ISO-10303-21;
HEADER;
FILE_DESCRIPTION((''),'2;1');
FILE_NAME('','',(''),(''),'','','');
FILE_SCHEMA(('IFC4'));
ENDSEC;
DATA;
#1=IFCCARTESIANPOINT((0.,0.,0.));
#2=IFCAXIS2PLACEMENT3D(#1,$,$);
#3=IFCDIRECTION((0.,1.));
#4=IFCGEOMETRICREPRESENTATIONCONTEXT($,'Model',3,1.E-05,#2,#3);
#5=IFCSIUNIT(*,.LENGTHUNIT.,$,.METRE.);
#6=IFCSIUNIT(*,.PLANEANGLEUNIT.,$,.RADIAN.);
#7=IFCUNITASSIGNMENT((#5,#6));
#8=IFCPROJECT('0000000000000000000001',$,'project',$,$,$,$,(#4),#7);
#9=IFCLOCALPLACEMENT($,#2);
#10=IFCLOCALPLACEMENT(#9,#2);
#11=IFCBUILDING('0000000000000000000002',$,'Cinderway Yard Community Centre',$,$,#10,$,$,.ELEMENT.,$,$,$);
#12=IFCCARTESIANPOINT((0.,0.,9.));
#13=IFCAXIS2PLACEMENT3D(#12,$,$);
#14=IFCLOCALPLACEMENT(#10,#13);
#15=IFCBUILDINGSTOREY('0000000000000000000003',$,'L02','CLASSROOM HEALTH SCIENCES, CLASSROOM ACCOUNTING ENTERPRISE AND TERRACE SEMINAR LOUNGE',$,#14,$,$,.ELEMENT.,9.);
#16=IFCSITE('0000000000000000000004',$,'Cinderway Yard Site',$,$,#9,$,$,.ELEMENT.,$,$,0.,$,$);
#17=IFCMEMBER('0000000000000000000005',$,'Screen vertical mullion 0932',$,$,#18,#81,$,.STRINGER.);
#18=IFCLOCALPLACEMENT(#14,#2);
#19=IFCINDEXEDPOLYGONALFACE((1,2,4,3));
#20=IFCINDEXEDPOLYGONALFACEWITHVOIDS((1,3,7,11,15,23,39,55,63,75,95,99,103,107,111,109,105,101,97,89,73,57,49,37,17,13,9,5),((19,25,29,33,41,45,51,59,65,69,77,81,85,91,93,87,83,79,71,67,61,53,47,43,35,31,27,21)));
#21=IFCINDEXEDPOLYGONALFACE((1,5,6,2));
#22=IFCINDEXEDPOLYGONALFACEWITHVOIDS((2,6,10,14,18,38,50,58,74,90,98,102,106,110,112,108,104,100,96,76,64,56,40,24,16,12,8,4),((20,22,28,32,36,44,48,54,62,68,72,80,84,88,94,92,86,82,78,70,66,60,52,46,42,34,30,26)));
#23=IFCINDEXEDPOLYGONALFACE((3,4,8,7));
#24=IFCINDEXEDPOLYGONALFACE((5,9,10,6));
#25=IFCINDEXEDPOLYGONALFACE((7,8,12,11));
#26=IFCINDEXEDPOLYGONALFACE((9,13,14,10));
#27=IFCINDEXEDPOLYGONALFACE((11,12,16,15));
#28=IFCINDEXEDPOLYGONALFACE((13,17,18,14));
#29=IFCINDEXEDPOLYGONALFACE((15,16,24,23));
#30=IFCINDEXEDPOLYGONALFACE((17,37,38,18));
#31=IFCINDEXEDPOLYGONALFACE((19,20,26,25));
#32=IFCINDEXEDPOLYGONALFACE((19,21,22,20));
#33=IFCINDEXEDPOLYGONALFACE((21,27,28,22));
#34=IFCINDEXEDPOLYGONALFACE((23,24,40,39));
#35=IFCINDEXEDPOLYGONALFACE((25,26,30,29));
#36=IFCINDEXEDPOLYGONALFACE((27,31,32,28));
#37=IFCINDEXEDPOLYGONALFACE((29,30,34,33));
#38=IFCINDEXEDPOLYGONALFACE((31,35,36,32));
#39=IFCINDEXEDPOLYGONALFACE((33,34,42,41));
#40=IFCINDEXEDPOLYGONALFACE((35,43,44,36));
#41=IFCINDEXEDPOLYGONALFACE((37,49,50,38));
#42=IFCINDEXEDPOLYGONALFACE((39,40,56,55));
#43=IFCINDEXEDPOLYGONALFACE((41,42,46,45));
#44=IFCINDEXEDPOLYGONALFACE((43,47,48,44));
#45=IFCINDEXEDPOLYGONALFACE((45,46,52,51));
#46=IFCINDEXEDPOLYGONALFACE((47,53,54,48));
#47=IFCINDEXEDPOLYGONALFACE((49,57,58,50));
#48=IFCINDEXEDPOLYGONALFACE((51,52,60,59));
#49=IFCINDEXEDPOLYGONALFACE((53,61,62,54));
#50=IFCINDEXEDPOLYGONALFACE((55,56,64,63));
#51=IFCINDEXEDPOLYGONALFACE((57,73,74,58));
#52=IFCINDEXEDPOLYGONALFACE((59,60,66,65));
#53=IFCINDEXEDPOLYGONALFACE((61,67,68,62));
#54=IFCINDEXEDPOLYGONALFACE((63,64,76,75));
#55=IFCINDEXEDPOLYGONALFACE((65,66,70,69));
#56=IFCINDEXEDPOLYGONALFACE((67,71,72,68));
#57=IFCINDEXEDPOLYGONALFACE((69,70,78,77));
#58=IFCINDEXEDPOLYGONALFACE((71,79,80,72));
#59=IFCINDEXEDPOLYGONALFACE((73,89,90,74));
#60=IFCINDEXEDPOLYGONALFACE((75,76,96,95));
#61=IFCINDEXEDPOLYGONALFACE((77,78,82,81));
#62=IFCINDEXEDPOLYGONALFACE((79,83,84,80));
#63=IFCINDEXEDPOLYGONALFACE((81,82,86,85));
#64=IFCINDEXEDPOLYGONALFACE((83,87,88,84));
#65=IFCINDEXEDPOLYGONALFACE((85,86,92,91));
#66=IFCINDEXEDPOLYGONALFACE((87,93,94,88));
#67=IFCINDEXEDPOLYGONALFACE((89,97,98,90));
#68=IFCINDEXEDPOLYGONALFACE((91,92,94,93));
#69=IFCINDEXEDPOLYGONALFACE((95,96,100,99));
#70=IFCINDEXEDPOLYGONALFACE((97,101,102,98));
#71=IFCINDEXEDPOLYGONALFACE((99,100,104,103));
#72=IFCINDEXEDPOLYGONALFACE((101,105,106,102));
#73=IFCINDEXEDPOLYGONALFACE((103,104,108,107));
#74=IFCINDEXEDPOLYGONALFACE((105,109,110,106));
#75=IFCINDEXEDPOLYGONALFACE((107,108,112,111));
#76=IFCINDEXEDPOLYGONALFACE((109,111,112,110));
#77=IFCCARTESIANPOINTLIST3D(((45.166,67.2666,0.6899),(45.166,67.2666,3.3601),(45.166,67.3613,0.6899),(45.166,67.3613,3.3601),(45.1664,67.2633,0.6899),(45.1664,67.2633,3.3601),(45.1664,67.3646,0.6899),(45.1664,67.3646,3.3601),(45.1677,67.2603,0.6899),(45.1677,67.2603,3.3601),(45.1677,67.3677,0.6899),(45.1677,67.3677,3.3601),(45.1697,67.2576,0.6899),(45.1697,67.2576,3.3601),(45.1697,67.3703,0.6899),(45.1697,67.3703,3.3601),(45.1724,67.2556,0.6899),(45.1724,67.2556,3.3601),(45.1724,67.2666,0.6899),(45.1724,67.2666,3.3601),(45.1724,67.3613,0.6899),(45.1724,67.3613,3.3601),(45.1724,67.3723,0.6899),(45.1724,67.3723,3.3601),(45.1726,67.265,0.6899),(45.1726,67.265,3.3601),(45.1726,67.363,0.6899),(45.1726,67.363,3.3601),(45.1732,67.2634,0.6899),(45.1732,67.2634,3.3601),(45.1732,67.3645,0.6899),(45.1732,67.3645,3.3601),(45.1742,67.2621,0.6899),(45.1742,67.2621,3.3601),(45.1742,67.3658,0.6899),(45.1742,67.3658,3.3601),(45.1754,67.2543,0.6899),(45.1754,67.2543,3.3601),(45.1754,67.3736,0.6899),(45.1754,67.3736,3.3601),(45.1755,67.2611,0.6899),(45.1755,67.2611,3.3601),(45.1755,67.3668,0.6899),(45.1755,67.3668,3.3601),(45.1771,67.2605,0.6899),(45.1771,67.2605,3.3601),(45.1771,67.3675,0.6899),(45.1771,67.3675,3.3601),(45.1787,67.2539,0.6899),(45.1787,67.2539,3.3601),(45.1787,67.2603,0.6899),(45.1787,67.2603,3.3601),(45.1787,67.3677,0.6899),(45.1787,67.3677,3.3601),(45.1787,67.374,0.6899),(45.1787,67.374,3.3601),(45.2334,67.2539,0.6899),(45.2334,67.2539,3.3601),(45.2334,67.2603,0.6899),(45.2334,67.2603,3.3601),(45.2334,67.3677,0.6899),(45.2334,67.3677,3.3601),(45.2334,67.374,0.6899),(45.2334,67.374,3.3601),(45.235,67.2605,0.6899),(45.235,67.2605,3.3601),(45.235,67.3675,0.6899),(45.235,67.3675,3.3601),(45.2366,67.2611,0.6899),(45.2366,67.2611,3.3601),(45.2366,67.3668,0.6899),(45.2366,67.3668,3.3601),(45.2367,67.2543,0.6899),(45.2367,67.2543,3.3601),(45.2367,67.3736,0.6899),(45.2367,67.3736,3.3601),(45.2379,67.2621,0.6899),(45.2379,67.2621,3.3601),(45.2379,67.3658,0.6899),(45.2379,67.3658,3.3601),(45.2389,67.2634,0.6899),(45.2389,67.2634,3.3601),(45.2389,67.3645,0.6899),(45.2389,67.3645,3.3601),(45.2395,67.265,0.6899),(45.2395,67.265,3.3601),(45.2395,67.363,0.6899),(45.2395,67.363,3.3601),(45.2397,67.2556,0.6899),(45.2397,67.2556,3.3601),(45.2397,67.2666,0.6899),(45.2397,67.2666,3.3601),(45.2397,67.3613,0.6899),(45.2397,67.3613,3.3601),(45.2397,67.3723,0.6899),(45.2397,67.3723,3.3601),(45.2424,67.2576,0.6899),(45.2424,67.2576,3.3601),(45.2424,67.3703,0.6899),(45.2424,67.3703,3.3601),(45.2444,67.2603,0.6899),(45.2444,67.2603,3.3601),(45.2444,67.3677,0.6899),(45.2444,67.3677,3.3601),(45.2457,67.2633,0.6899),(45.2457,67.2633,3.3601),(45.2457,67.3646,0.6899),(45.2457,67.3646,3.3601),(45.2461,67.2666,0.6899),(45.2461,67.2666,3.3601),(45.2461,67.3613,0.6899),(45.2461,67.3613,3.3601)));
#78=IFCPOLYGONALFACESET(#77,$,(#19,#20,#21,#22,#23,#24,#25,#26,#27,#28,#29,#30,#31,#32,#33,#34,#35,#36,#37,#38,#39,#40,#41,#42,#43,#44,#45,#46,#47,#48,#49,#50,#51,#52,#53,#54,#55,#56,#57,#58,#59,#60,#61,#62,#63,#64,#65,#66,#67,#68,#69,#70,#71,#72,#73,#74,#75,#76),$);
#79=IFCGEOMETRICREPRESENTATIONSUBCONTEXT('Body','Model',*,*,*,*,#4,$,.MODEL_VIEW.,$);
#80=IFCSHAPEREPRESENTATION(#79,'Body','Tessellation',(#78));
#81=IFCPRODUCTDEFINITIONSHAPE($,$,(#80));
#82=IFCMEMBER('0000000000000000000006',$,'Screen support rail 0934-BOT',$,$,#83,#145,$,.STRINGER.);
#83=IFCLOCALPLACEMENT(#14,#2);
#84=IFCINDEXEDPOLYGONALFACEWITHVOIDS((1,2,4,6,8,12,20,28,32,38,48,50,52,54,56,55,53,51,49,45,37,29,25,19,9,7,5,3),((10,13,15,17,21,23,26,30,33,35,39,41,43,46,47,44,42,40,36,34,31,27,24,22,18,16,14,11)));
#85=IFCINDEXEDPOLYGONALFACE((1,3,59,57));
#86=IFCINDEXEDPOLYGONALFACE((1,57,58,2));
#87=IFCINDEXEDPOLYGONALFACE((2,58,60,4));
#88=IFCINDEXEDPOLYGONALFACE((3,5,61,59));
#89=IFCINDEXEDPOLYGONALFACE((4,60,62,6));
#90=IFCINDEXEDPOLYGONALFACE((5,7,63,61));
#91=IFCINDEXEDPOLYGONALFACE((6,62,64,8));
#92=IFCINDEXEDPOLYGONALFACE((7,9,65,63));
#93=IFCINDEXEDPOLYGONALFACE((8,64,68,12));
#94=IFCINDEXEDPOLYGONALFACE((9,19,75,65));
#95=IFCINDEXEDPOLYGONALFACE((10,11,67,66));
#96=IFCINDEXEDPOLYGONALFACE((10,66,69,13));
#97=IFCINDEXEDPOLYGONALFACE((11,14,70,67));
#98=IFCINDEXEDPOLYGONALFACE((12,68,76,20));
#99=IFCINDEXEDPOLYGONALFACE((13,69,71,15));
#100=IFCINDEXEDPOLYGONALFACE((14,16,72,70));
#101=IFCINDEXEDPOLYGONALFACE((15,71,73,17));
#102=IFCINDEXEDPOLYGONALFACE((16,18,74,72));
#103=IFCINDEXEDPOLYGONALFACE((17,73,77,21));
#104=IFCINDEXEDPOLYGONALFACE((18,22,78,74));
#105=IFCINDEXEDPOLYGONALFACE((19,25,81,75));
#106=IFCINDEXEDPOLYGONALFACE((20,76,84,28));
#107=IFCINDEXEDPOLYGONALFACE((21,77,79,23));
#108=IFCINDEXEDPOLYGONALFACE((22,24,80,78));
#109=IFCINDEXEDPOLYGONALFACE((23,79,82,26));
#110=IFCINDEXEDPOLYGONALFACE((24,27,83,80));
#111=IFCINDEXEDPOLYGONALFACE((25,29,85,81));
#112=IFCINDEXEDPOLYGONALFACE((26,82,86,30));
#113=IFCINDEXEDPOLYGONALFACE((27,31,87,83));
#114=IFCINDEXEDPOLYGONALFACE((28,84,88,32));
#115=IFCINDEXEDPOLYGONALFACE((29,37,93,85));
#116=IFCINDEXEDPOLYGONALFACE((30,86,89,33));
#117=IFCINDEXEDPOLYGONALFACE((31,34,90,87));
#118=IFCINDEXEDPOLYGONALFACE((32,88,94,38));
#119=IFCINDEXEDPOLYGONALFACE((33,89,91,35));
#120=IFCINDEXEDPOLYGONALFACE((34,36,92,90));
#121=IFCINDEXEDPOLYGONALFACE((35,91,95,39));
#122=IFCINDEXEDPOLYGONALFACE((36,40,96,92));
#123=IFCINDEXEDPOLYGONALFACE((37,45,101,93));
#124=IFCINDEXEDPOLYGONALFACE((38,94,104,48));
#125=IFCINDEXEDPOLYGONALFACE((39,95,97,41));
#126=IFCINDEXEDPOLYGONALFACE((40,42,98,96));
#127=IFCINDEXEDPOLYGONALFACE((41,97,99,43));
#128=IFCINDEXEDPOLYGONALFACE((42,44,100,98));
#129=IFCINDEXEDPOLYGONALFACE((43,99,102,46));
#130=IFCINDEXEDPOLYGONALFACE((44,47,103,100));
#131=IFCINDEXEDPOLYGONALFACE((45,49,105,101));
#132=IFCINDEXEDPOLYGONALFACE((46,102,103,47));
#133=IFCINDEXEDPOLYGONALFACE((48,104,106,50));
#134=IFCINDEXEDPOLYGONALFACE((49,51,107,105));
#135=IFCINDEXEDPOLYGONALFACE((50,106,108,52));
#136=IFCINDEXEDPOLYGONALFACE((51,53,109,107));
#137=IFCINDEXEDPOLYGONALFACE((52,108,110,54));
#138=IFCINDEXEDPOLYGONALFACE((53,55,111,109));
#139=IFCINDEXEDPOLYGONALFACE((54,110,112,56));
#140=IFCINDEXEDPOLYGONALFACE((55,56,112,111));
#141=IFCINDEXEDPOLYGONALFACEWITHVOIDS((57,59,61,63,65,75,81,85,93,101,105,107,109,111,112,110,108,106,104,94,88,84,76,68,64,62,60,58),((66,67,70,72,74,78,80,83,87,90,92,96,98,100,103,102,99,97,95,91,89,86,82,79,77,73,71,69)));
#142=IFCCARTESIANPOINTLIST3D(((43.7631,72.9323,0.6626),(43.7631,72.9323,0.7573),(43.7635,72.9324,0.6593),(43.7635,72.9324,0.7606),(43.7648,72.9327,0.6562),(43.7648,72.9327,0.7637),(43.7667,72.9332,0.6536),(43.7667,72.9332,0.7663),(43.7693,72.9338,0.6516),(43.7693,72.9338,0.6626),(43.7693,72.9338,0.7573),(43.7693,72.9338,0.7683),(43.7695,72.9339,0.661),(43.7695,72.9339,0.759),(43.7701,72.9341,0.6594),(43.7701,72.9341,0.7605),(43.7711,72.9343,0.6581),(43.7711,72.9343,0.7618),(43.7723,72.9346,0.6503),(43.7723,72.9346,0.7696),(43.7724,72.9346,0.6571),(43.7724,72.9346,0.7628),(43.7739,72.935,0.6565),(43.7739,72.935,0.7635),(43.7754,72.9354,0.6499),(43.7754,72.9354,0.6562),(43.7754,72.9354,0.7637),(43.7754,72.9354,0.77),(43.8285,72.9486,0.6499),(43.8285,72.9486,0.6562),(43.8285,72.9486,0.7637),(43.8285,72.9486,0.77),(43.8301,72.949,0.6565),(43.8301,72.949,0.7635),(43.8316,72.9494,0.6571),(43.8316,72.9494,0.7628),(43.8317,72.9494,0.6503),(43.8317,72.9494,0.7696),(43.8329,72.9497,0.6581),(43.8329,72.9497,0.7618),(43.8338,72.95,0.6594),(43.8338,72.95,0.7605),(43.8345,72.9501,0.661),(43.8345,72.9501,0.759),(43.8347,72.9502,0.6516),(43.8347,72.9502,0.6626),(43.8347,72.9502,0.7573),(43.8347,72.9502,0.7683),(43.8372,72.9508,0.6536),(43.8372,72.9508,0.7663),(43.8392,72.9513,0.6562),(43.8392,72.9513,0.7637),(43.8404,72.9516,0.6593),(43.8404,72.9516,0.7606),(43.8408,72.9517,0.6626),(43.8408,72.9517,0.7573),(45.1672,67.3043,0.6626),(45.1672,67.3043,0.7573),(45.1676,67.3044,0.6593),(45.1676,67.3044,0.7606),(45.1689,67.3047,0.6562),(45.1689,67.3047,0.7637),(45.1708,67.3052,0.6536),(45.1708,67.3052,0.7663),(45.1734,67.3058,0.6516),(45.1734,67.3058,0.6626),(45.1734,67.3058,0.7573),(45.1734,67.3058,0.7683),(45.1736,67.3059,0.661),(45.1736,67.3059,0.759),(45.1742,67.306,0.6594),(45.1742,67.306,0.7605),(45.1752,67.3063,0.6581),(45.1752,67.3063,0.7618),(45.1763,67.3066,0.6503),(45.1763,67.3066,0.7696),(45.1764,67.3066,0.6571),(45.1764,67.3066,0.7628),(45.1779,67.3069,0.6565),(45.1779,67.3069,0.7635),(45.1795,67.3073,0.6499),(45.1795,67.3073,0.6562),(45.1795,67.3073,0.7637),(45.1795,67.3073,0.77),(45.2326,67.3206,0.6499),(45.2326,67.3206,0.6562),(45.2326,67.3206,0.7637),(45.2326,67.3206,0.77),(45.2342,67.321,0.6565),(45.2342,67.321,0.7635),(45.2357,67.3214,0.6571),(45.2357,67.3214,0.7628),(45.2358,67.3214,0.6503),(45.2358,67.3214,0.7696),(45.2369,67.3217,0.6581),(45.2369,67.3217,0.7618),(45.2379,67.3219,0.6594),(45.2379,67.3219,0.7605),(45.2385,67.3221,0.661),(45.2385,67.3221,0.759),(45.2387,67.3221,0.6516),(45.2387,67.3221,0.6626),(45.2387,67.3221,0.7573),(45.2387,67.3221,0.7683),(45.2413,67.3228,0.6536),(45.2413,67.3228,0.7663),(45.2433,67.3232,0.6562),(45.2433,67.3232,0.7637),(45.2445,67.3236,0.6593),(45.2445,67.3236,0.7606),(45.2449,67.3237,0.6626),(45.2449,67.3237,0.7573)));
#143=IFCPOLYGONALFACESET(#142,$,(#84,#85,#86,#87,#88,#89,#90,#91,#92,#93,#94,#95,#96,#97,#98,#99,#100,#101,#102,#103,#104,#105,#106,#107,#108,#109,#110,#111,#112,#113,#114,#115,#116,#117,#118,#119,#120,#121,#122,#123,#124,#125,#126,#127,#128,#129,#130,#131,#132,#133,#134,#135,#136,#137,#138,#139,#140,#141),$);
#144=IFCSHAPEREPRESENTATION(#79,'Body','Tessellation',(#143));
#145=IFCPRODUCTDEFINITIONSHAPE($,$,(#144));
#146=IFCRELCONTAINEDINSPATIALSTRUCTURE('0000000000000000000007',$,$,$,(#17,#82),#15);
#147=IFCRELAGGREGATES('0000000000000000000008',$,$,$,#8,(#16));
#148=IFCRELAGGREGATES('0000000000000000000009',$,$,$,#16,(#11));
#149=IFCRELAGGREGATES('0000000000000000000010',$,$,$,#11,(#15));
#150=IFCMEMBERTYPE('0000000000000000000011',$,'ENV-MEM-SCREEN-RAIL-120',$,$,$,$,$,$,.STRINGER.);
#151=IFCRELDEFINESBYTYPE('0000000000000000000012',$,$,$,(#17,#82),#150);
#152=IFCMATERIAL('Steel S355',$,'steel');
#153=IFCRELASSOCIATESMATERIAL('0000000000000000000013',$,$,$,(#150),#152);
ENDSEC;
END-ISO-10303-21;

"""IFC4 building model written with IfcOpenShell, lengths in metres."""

from ifc_helpers import new_model, si_unit, direction, frame, origin, origin_2d, place, context, subcontext, project, spatial, hollow_rectangle, extrude, material, material_profile, profile_set, type_object, element, save


model = new_model("IFC4")

# Units and contexts
model_context = context("Model", 3, precision=1e-05, world=origin(), true_north=direction((0.0, 1.0)))
body_context = subcontext(model_context, "Body", "Model", "MODEL_VIEW")
ifc_project = project(units=[si_unit("LENGTHUNIT", "METRE"), si_unit("PLANEANGLEUNIT", "RADIAN")], contexts=[model_context])

# Site, building, storey
site_placement = place(None, origin())
site = spatial("IfcSite", under=ifc_project, at=site_placement, Name="Cinderway Yard Site", CompositionType="ELEMENT", RefElevation=0.0)
building_placement = place(site_placement, origin())
building = spatial("IfcBuilding", under=site, at=building_placement, Name="Cinderway Yard Community Centre", CompositionType="ELEMENT")
storey_placement = place(building_placement, frame((0.0, 0.0, 9.0)))
storey = spatial("IfcBuildingStorey", under=building, at=storey_placement, Name="L02", Description="CLASSROOM HEALTH SCIENCES, CLASSROOM ACCOUNTING ENTERPRISE AND TERRACE SEMINAR LOUNGE", CompositionType="ELEMENT", Elevation=9.0)

# Members
ifc_material_1 = material(Name="Steel S355", Category="steel")
ifc_material_profile_1 = material_profile(ifc_material_1, hollow_rectangle(XDim=0.0801, YDim=0.1201, WallThickness=0.0063, InnerFilletRadius=0.0063, OuterFilletRadius=0.0127, at=origin_2d()), Name="Steel S355")
ifc_profile_set_1 = profile_set([ifc_material_profile_1], Name="Steel S355")
member_type_1 = type_object("IfcMemberType", Name="ENV-MEM-SCREEN-RAIL-120", PredefinedType="STRINGER", material=ifc_profile_set_1)
member_1_placement = place(storey_placement, frame((45.2061, 67.314, 0.6899), z_axis=(0.0, 0.0, 1.0), x_axis=(1.0, 0.0, 0.0)))
element("IfcMember", 1, at=member_1_placement, inside=storey, type_object=member_type_1, Name="Screen vertical mullion 0932", PredefinedType="STRINGER", context=body_context, shape_type="SweptSolid", body=[
    extrude(hollow_rectangle(XDim=0.0801, YDim=0.1201, WallThickness=0.0063, InnerFilletRadius=0.0063, OuterFilletRadius=0.0127, at=origin_2d()), origin(), (0.0, 0.0, 1.0), 2.6702),
])
for number, where, z_axis, x_axis, name in (
    (2, (45.2061, 67.314, 0.71), (-0.24206, 0.970261, 0.0), (-0.970261, -0.24206, 0.0), "Screen support rail 0934-BOT"),
):
    element("IfcMember", number, at=place(storey_placement, frame(where, z_axis=z_axis, x_axis=x_axis)), inside=storey, type_object=member_type_1, Name=name, PredefinedType="STRINGER", context=body_context, shape_type="SweptSolid", body=[
        extrude(hollow_rectangle(XDim=0.0801, YDim=0.1201, WallThickness=0.0063, InnerFilletRadius=0.0063, OuterFilletRadius=0.0127, at=origin_2d()), origin(), (0.0, 0.0, 1.0), 5.8005),
    ])

save(model, "model.ifc")
